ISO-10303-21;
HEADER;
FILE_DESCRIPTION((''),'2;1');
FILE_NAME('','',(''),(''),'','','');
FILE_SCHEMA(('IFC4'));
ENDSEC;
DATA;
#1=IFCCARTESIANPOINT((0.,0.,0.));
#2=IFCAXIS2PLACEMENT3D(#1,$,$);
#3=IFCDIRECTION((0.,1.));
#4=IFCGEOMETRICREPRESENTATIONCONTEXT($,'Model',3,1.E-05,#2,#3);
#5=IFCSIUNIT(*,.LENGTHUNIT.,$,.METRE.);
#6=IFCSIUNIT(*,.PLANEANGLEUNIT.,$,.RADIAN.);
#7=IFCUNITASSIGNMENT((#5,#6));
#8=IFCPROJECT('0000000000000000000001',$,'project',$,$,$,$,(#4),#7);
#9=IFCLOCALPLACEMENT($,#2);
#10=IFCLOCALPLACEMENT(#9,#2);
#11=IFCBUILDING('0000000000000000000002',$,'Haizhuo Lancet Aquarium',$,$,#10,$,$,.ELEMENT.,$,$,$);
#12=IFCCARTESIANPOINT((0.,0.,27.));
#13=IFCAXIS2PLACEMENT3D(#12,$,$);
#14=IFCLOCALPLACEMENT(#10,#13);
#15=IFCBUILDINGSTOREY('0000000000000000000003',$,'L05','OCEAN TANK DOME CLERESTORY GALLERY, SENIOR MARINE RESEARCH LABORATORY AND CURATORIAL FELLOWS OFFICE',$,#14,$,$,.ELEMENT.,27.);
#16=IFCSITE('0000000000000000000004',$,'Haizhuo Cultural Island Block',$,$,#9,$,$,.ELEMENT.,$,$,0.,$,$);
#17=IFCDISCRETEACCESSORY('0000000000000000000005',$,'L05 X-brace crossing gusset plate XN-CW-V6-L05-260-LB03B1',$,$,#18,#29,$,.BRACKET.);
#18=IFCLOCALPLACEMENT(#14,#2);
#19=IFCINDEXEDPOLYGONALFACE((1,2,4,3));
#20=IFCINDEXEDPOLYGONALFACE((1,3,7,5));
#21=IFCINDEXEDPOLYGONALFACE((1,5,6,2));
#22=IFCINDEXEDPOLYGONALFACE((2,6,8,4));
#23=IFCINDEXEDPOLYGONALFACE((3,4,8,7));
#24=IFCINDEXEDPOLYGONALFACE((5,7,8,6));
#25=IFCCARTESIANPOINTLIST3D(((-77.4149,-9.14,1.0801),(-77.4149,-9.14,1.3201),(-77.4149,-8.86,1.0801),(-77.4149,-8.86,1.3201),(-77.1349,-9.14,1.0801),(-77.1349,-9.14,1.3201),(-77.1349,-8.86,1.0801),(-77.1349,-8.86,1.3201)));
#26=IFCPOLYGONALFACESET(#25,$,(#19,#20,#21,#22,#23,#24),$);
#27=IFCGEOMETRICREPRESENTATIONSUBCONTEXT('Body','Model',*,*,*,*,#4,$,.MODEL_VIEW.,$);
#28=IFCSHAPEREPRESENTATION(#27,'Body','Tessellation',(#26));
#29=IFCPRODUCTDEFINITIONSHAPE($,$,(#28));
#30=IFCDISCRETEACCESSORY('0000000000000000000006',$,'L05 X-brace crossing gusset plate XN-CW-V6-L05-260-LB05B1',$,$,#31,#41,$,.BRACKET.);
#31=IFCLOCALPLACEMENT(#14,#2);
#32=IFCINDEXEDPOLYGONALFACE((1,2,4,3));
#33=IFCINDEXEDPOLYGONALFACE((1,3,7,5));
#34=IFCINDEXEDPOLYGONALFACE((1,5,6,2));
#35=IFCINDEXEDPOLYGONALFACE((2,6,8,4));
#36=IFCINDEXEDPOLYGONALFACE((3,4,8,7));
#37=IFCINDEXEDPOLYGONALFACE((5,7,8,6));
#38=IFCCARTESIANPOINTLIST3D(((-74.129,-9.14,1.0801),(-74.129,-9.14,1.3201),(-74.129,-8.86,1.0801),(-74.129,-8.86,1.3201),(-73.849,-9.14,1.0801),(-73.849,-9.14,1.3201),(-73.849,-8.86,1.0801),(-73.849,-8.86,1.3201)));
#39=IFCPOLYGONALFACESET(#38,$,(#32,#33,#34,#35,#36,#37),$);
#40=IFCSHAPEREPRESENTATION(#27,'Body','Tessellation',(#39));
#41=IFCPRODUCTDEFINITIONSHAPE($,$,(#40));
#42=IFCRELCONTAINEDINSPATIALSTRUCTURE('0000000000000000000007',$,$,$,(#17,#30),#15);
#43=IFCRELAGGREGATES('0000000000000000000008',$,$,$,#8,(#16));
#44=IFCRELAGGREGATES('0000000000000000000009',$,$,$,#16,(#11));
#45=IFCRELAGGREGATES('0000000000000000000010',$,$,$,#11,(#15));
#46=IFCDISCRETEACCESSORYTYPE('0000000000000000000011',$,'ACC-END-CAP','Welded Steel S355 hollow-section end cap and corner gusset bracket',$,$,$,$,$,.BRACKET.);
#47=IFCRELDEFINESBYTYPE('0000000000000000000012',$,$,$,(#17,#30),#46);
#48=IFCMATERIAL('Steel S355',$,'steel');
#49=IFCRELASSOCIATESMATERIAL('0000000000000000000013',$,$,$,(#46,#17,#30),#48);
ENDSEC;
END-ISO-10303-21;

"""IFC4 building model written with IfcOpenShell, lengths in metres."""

from ifc_helpers import new_model, si_unit, direction, frame, origin, origin_2d, place, context, subcontext, project, spatial, rectangle, extrude, material, type_object, element, save


model = new_model("IFC4")

# Units and contexts
model_context = context("Model", 3, precision=1e-05, world=origin(), true_north=direction((0.0, 1.0)))
body_context = subcontext(model_context, "Body", "Model", "MODEL_VIEW")
ifc_project = project(units=[si_unit("LENGTHUNIT", "METRE"), si_unit("PLANEANGLEUNIT", "RADIAN")], contexts=[model_context])

# Site, building, storey
site_placement = place(None, origin())
site = spatial("IfcSite", under=ifc_project, at=site_placement, Name="Haizhuo Cultural Island Block", CompositionType="ELEMENT", RefElevation=0.0)
building_placement = place(site_placement, origin())
building = spatial("IfcBuilding", under=site, at=building_placement, Name="Haizhuo Lancet Aquarium", CompositionType="ELEMENT")
storey_placement = place(building_placement, frame((0.0, 0.0, 27.0)))
storey = spatial("IfcBuildingStorey", under=building, at=storey_placement, Name="L05", Description="OCEAN TANK DOME CLERESTORY GALLERY, SENIOR MARINE RESEARCH LABORATORY AND CURATORIAL FELLOWS OFFICE", CompositionType="ELEMENT", Elevation=27.0)

# Shared definitions
ifc_material_1 = material(Name="Steel S355", Category="steel")

# Discrete accessories
discrete_accessory_type = type_object("IfcDiscreteAccessoryType", Name="ACC-END-CAP", Description="Welded Steel S355 hollow-section end cap and corner gusset bracket", PredefinedType="BRACKET", material=ifc_material_1)
for number, where, z_axis, x_axis, name in (
    (1, (-77.2749, -9.0, 1.0801), (0.0, 0.0, 1.0), (1.0, 0.0, 0.0), "L05 X-brace crossing gusset plate XN-CW-V6-L05-260-LB03B1"),
    (2, (-73.989, -9.0, 1.0801), (0.0, 0.0, 1.0), (1.0, 0.0, 0.0), "L05 X-brace crossing gusset plate XN-CW-V6-L05-260-LB05B1"),
):
    element("IfcDiscreteAccessory", number, at=place(storey_placement, frame(where, z_axis=z_axis, x_axis=x_axis)), inside=storey, type_object=discrete_accessory_type, material=ifc_material_1, Name=name, PredefinedType="BRACKET", context=body_context, shape_type="SweptSolid", body=[
        extrude(rectangle(XDim=0.28, YDim=0.28, at=origin_2d()), origin(), (0.0, 0.0, 1.0), 0.24),
    ])

save(model, "model.ifc")
